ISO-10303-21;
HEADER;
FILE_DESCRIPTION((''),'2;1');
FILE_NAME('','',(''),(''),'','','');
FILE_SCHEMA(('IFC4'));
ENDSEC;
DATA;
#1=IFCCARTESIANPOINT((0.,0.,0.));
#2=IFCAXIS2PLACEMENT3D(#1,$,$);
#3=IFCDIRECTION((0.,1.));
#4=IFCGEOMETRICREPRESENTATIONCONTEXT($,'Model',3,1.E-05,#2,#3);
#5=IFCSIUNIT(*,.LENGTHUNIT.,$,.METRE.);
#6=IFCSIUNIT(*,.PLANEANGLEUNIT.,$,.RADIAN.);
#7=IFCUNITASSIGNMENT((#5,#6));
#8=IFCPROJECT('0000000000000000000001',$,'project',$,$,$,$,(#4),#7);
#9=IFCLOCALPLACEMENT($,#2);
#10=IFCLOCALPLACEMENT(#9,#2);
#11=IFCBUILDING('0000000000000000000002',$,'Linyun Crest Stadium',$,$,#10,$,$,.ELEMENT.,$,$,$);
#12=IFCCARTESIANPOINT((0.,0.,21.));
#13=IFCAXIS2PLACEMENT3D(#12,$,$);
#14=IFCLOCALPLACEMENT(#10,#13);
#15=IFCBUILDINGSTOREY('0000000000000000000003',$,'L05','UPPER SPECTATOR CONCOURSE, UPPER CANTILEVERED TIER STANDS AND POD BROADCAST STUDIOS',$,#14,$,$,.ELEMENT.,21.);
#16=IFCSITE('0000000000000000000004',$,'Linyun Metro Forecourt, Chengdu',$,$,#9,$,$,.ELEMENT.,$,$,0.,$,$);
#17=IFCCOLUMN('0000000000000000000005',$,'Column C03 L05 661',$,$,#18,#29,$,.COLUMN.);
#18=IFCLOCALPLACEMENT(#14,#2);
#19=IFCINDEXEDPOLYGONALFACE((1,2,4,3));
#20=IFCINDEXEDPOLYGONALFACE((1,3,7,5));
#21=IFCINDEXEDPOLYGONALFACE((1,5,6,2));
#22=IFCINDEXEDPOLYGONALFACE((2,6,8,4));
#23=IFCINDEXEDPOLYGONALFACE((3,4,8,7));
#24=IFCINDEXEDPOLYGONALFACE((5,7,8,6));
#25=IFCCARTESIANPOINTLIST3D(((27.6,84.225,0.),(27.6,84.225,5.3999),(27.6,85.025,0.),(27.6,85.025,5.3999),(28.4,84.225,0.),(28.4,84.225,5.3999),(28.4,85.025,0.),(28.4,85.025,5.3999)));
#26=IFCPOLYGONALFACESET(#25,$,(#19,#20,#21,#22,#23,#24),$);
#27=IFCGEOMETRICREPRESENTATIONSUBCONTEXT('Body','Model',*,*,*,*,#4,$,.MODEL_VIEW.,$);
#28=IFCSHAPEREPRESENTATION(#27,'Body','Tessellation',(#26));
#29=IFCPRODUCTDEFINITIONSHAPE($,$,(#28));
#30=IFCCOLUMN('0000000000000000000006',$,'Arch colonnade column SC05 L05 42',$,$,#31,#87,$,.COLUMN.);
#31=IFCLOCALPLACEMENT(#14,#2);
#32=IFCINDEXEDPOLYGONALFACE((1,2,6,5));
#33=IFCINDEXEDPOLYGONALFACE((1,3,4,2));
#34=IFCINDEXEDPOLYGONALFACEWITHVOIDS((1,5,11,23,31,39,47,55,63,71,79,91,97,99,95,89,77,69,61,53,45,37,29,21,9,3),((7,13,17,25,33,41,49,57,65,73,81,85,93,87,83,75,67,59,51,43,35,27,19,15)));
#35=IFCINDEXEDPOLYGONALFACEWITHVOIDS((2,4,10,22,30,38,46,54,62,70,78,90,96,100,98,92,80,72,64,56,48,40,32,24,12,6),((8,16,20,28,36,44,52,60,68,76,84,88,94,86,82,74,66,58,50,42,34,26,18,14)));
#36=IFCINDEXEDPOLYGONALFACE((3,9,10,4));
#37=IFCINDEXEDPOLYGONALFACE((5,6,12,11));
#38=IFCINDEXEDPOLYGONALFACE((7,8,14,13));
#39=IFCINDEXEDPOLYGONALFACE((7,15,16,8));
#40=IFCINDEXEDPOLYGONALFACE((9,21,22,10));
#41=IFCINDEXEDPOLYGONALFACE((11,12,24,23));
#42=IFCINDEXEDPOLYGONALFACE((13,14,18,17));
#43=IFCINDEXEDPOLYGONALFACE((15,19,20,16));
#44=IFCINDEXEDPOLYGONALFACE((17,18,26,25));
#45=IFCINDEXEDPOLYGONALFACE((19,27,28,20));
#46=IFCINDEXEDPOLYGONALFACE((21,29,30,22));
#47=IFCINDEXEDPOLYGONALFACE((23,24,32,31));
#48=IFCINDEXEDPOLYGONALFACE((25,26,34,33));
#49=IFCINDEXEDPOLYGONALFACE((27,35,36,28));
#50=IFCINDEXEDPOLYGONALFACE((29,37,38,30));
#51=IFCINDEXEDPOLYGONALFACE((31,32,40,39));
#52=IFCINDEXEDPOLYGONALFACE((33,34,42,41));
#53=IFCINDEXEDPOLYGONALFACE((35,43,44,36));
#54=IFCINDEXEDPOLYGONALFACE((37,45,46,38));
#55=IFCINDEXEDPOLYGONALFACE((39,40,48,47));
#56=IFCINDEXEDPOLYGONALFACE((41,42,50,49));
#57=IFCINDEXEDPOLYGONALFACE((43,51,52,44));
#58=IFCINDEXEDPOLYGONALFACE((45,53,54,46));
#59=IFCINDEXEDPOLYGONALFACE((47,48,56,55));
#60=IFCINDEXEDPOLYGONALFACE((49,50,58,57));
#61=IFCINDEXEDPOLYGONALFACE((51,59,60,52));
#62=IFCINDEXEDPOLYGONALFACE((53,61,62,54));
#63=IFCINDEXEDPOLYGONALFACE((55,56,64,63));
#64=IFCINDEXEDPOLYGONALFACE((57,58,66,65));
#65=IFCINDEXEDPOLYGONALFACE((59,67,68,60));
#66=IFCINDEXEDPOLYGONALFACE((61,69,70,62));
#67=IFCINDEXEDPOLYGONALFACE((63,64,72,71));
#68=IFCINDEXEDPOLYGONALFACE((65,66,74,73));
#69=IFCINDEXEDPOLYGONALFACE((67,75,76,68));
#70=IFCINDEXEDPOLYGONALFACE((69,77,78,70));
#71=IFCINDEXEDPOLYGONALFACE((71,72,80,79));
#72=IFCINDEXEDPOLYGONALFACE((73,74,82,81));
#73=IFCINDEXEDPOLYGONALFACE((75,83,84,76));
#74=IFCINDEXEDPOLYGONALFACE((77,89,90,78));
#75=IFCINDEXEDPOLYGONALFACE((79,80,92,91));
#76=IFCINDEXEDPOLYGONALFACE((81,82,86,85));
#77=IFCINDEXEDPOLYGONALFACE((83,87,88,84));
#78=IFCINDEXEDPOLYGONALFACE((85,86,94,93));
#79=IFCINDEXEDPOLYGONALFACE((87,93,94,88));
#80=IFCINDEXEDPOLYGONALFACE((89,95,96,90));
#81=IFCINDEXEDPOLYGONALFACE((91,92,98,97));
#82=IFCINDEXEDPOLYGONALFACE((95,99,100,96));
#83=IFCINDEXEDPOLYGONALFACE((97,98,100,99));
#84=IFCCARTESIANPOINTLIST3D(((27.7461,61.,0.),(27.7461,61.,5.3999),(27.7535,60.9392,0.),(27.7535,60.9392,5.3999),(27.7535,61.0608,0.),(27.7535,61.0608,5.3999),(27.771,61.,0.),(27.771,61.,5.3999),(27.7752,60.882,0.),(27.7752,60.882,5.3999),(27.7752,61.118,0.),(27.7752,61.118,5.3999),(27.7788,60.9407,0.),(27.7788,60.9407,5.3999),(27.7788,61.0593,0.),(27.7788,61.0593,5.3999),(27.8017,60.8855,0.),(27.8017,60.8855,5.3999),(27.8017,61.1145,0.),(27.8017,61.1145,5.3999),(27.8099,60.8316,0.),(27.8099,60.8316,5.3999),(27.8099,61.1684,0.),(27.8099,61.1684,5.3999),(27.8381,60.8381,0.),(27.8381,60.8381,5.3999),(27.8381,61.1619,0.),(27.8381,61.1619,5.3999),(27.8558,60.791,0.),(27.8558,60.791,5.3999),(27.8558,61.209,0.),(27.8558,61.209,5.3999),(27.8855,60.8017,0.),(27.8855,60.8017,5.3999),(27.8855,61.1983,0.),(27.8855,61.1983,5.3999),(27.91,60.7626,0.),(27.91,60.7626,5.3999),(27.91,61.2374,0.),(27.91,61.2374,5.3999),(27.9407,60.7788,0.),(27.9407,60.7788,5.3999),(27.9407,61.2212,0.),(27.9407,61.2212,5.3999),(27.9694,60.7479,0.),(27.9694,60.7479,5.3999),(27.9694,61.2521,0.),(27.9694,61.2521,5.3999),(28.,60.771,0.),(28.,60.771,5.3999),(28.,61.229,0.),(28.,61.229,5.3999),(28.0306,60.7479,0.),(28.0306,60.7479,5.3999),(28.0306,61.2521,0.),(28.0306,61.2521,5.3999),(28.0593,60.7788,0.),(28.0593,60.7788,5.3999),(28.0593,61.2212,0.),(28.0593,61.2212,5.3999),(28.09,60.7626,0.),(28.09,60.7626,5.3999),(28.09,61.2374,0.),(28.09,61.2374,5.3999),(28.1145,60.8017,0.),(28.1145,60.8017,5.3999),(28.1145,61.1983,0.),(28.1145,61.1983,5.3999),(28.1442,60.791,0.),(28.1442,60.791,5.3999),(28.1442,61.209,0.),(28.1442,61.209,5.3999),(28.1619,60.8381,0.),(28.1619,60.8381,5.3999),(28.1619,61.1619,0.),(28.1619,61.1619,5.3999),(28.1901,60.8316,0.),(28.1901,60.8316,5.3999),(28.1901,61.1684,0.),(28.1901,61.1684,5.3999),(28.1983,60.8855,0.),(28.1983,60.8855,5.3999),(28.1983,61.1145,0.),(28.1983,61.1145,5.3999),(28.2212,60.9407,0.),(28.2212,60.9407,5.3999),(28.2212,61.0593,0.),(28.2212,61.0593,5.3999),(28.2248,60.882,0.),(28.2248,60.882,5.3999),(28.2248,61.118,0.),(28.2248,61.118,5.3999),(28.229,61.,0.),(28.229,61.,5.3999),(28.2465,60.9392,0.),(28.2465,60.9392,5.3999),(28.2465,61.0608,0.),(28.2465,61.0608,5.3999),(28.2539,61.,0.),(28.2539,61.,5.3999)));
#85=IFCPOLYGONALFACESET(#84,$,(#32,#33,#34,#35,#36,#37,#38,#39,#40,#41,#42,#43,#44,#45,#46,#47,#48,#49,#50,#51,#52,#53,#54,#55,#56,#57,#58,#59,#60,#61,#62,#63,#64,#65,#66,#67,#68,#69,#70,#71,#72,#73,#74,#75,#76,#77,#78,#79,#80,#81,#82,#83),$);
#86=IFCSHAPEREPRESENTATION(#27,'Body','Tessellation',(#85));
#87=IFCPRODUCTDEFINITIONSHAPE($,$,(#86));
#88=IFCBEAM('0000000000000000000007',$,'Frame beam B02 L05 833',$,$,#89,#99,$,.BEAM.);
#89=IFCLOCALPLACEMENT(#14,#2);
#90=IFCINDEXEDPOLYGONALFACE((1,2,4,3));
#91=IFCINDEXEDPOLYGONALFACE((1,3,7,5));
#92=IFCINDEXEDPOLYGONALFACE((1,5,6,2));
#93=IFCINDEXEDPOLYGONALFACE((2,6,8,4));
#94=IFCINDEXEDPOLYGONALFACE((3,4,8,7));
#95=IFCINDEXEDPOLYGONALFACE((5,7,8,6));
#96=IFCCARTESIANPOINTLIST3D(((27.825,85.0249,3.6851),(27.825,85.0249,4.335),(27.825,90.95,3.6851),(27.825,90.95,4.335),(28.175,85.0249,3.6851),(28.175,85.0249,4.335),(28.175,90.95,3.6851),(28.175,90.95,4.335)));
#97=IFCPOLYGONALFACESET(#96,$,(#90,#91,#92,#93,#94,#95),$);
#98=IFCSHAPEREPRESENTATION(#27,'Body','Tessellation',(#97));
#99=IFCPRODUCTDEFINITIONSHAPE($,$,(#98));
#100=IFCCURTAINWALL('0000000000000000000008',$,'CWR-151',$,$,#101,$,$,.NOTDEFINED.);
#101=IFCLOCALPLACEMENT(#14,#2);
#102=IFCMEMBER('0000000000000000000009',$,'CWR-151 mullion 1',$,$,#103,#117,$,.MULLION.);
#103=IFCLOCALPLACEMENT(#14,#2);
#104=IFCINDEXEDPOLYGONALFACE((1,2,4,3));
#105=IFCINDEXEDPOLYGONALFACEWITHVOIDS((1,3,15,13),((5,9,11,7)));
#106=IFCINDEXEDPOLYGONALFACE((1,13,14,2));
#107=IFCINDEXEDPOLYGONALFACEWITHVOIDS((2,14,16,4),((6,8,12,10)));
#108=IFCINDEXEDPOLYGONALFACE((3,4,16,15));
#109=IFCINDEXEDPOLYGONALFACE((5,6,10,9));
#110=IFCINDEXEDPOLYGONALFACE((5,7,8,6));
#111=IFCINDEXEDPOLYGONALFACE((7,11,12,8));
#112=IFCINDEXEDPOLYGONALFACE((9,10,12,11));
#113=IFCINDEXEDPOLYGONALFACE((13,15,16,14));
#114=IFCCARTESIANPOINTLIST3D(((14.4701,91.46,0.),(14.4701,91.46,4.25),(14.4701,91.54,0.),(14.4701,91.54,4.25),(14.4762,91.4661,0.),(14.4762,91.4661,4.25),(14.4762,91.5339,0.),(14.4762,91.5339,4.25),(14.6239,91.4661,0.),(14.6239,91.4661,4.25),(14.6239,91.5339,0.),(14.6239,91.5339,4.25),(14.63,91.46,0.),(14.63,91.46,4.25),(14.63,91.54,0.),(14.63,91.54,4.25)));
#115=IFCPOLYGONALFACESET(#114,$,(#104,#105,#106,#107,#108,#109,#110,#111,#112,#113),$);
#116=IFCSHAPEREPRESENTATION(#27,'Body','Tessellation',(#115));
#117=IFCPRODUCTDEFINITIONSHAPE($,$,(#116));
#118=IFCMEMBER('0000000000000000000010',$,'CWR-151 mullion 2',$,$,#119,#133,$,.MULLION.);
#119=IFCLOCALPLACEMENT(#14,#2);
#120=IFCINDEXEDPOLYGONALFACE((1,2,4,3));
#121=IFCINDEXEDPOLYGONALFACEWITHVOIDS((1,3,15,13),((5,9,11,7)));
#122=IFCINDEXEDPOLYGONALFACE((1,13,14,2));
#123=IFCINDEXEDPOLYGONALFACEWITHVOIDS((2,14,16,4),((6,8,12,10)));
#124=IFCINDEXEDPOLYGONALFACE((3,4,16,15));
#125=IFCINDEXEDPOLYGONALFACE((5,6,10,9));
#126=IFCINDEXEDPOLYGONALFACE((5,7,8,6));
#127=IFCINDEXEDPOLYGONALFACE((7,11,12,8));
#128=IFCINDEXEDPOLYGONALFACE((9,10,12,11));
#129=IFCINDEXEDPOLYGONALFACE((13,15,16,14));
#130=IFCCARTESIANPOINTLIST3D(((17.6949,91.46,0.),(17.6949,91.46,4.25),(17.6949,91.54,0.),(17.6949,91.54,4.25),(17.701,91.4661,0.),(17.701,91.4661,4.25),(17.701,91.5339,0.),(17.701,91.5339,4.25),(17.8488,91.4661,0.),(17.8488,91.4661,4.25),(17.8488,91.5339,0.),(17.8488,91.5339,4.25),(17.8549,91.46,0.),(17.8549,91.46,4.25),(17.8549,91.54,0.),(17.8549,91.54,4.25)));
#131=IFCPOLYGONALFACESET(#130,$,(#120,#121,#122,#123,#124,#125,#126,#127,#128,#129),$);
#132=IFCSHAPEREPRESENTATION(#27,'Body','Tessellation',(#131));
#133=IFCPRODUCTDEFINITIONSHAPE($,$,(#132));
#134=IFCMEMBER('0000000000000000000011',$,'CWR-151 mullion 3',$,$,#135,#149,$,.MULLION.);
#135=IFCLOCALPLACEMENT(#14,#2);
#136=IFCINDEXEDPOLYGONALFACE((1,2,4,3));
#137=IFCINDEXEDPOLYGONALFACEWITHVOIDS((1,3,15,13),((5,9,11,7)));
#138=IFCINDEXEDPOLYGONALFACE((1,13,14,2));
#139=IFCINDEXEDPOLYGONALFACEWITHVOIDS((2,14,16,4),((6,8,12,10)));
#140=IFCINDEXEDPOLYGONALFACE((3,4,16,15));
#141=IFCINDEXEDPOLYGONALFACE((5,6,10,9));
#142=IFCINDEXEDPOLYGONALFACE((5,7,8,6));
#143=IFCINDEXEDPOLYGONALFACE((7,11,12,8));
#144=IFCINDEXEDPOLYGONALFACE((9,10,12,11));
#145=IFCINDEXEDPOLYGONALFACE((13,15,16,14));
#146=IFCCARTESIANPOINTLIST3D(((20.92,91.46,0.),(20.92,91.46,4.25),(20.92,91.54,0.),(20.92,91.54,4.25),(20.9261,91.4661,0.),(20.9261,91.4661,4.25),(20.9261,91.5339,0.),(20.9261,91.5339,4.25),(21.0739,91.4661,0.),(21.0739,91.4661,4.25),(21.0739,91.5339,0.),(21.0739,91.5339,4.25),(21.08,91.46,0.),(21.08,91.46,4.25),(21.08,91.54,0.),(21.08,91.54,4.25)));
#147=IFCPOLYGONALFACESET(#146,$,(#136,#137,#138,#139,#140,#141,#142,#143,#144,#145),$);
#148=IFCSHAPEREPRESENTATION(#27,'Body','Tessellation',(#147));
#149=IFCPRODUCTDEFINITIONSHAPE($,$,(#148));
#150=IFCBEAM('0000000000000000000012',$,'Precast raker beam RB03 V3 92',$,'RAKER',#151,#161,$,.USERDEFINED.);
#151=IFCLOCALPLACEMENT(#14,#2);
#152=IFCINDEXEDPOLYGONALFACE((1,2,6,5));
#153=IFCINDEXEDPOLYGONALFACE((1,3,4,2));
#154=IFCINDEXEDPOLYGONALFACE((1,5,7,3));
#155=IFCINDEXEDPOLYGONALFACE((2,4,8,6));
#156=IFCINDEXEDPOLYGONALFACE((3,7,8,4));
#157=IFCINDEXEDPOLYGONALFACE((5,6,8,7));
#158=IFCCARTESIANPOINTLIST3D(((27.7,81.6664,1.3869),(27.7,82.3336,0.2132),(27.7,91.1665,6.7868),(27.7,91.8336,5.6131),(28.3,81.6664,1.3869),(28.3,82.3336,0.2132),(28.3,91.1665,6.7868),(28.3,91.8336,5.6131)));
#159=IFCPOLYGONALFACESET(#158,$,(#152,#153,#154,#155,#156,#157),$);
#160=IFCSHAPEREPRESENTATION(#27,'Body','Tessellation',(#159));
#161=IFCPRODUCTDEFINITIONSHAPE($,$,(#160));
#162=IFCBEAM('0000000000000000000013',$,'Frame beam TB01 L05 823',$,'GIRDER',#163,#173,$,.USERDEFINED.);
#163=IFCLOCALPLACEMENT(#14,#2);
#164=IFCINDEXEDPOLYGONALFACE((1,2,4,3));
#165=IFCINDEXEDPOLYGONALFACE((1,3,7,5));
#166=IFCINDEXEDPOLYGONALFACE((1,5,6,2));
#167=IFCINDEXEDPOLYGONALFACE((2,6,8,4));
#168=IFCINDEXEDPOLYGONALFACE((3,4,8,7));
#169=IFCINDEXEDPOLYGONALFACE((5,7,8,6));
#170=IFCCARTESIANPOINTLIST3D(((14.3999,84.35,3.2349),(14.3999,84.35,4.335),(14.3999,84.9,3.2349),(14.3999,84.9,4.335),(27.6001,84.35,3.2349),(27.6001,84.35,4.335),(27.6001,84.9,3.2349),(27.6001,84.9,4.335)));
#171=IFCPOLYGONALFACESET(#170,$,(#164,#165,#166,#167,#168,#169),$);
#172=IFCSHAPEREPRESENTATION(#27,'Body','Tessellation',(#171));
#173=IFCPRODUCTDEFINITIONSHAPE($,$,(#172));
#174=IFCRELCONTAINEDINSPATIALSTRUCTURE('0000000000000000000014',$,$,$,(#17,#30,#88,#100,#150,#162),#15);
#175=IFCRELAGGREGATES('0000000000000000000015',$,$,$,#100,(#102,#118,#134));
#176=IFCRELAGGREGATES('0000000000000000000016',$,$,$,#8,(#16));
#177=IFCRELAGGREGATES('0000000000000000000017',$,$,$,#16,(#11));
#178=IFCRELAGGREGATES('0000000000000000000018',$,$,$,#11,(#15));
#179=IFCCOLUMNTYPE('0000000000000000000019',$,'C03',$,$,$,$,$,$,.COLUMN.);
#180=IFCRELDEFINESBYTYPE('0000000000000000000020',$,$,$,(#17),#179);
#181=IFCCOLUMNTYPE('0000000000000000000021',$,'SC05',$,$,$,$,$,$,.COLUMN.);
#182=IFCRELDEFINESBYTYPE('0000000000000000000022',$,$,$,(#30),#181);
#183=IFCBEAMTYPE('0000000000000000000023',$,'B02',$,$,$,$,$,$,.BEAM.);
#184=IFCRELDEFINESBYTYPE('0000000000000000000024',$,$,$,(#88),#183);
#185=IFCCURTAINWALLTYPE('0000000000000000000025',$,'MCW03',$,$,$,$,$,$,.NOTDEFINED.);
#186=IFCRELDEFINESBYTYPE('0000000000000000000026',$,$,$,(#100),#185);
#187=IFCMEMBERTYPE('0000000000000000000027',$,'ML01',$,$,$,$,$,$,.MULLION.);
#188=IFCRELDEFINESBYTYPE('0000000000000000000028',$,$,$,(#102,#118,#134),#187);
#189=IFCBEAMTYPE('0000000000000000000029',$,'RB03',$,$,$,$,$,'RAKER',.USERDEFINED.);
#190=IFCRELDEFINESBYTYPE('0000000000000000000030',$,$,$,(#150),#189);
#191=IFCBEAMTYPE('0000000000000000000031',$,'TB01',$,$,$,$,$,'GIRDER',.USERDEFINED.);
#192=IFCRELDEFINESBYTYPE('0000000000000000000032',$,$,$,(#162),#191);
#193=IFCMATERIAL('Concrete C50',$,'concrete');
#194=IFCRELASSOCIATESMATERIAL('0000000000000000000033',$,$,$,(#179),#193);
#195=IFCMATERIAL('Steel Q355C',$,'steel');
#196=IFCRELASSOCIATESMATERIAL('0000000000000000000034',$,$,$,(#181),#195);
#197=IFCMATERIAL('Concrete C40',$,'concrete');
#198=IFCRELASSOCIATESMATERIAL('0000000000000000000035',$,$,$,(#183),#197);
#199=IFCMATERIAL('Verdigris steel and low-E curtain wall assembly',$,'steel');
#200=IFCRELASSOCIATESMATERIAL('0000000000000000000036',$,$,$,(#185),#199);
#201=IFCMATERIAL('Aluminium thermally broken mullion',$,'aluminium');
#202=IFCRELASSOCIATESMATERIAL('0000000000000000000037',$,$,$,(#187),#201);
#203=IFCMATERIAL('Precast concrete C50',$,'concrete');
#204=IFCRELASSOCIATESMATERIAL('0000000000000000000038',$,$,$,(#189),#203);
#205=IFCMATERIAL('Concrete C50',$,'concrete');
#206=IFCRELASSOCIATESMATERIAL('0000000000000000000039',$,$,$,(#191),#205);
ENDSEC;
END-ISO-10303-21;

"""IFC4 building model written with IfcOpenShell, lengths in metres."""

from ifc_helpers import new_model, si_unit, direction, frame, origin, origin_2d, place, context, subcontext, project, spatial, rectangle, hollow_rectangle, hollow_circle, extrude, material, material_profile, profile_set, type_object, element, aggregate, save


model = new_model("IFC4")

# Units and contexts
model_context = context("Model", 3, precision=1e-05, world=origin(), true_north=direction((0.0, 1.0)))
body_context = subcontext(model_context, "Body", "Model", "MODEL_VIEW")
ifc_project = project(units=[si_unit("LENGTHUNIT", "METRE"), si_unit("PLANEANGLEUNIT", "RADIAN")], contexts=[model_context])

# Site, building, storey
site_placement = place(None, origin())
site = spatial("IfcSite", under=ifc_project, at=site_placement, Name="Linyun Metro Forecourt, Chengdu", CompositionType="ELEMENT", RefElevation=0.0)
building_placement = place(site_placement, origin())
building = spatial("IfcBuilding", under=site, at=building_placement, Name="Linyun Crest Stadium", CompositionType="ELEMENT")
storey_placement = place(building_placement, frame((0.0, 0.0, 21.0)))
storey = spatial("IfcBuildingStorey", under=building, at=storey_placement, Name="L05", Description="UPPER SPECTATOR CONCOURSE, UPPER CANTILEVERED TIER STANDS AND POD BROADCAST STUDIOS", CompositionType="ELEMENT", Elevation=21.0)

# Columns
ifc_material_1 = material(Name="Concrete C50", Category="concrete")
ifc_material_profile_1 = material_profile(ifc_material_1, rectangle(XDim=0.8, YDim=0.8, at=origin_2d()), Name="RC 800x800")
ifc_profile_set_1 = profile_set([ifc_material_profile_1], Name="Concrete C50")
column_type_1 = type_object("IfcColumnType", Name="C03", PredefinedType="COLUMN", material=ifc_profile_set_1)
column_1_placement = place(storey_placement, frame((28.0, 84.625, 0.0), z_axis=(0.0, 0.0, 1.0), x_axis=(1.0, 0.0, 0.0)))
element("IfcColumn", 1, at=column_1_placement, inside=storey, type_object=column_type_1, Name="Column C03 L05 661", PredefinedType="COLUMN", context=body_context, shape_type="SweptSolid", body=[
    extrude(rectangle(XDim=0.8, YDim=0.8, at=origin_2d()), origin(), (0.0, 0.0, 1.0), 5.3999),
])
ifc_material_2 = material(Name="Steel Q355C", Category="steel")
ifc_material_profile_2 = material_profile(ifc_material_2, hollow_circle(Radius=0.2539, WallThickness=0.0249, at=origin_2d()), Name="CHS 508x25")
ifc_profile_set_2 = profile_set([ifc_material_profile_2], Name="Steel Q355C")
column_type_2 = type_object("IfcColumnType", Name="SC05", PredefinedType="COLUMN", material=ifc_profile_set_2)
column_2_placement = place(storey_placement, frame((28.0, 61.0, 0.0), z_axis=(0.0, 0.0, 1.0), x_axis=(1.0, 0.0, 0.0)))
element("IfcColumn", 2, at=column_2_placement, inside=storey, type_object=column_type_2, Name="Arch colonnade column SC05 L05 42", PredefinedType="COLUMN", context=body_context, shape_type="SweptSolid", body=[
    extrude(hollow_circle(Radius=0.2539, WallThickness=0.0249, at=origin_2d()), origin(), (0.0, 0.0, 1.0), 5.3999),
])

# Beam
ifc_material_3 = material(Name="Concrete C40", Category="concrete")
ifc_material_profile_3 = material_profile(ifc_material_3, rectangle(XDim=0.3501, YDim=0.6499, at=origin_2d()), Name="RCB 650x350")
ifc_profile_set_3 = profile_set([ifc_material_profile_3], Name="Concrete C40")
beam_type_1 = type_object("IfcBeamType", Name="B02", PredefinedType="BEAM", material=ifc_profile_set_3)
beam_1_placement = place(storey_placement, frame((28.0, 85.0249, 4.01), z_axis=(0.0, 1.0, 0.0), x_axis=(-1.0, 0.0, 0.0)))
element("IfcBeam", 3, at=beam_1_placement, inside=storey, type_object=beam_type_1, Name="Frame beam B02 L05 833", PredefinedType="BEAM", context=body_context, shape_type="SweptSolid", body=[
    extrude(rectangle(XDim=0.3501, YDim=0.6499, at=origin_2d()), origin(), (0.0, 0.0, 1.0), 5.925),
])

# Curtain wall, members
ifc_material_4 = material(Name="Verdigris steel and low-E curtain wall assembly", Category="steel")
curtain_wall_type_1 = type_object("IfcCurtainWallType", Name="MCW03", PredefinedType="NOTDEFINED", material=ifc_material_4)
curtain_wall_1_placement = place(storey_placement, origin())
curtain_wall_1 = element("IfcCurtainWall", 4, at=curtain_wall_1_placement, inside=storey, type_object=curtain_wall_type_1, Name="CWR-151", PredefinedType="NOTDEFINED")
ifc_material_5 = material(Name="Aluminium thermally broken mullion", Category="aluminium")
ifc_material_profile_4 = material_profile(ifc_material_5, hollow_rectangle(XDim=0.0801, YDim=0.1599, WallThickness=0.0061, at=origin_2d()), Name="RHS 160x80x6")
ifc_profile_set_4 = profile_set([ifc_material_profile_4], Name="Aluminium thermally broken mullion")
member_type_1 = type_object("IfcMemberType", Name="ML01", PredefinedType="MULLION", material=ifc_profile_set_4)
member_1_placement = place(storey_placement, frame((14.55, 91.5, 0.0), z_axis=(0.0, 0.0, 1.0), x_axis=(0.0, 1.0, 0.0)))
member_1 = element("IfcMember", 5, at=member_1_placement, type_object=member_type_1, Name="CWR-151 mullion 1", PredefinedType="MULLION", context=body_context, shape_type="SweptSolid", body=[
    extrude(hollow_rectangle(XDim=0.0801, YDim=0.1599, WallThickness=0.0061, at=origin_2d()), origin(), (0.0, 0.0, 1.0), 4.25),
])
member_2_placement = place(storey_placement, frame((17.7749, 91.5, 0.0), z_axis=(0.0, 0.0, 1.0), x_axis=(0.0, 1.0, 0.0)))
member_2 = element("IfcMember", 6, at=member_2_placement, type_object=member_type_1, Name="CWR-151 mullion 2", PredefinedType="MULLION", context=body_context, shape_type="SweptSolid", body=[
    extrude(hollow_rectangle(XDim=0.0801, YDim=0.1599, WallThickness=0.0061, at=origin_2d()), origin(), (0.0, 0.0, 1.0), 4.25),
])
member_3_placement = place(storey_placement, frame((21.0, 91.5, 0.0), z_axis=(0.0, 0.0, 1.0), x_axis=(0.0, 1.0, 0.0)))
member_3 = element("IfcMember", 7, at=member_3_placement, type_object=member_type_1, Name="CWR-151 mullion 3", PredefinedType="MULLION", context=body_context, shape_type="SweptSolid", body=[
    extrude(hollow_rectangle(XDim=0.0801, YDim=0.1599, WallThickness=0.0061, at=origin_2d()), origin(), (0.0, 0.0, 1.0), 4.25),
])

# Beams
ifc_material_6 = material(Name="Precast concrete C50", Category="concrete")
ifc_material_profile_5 = material_profile(ifc_material_6, rectangle(XDim=0.6001, YDim=1.3501, at=origin_2d()), Name="PCR 1350x600")
ifc_profile_set_5 = profile_set([ifc_material_profile_5], Name="Precast concrete C50")
beam_type_2 = type_object("IfcBeamType", Name="RB03", ElementType="RAKER", PredefinedType="USERDEFINED", material=ifc_profile_set_5)
beam_2_placement = place(storey_placement, frame((28.0, 82.0, 0.8), z_axis=(0.0, 0.869371, 0.49416), x_axis=(-1.0, 0.0, 0.0)))
element("IfcBeam", 8, at=beam_2_placement, inside=storey, type_object=beam_type_2, Name="Precast raker beam RB03 V3 92", ObjectType="RAKER", PredefinedType="USERDEFINED", context=body_context, shape_type="SweptSolid", body=[
    extrude(rectangle(XDim=0.6001, YDim=1.3501, at=origin_2d()), origin(), (0.0, 0.0, 1.0), 10.9275),
])
ifc_material_7 = material(Name="Concrete C50", Category="concrete")
ifc_material_profile_6 = material_profile(ifc_material_7, rectangle(XDim=0.55, YDim=1.1001, at=origin_2d()), Name="RCB 1100x550")
ifc_profile_set_6 = profile_set([ifc_material_profile_6], Name="Concrete C50")
beam_type_3 = type_object("IfcBeamType", Name="TB01", ElementType="GIRDER", PredefinedType="USERDEFINED", material=ifc_profile_set_6)
beam_3_placement = place(storey_placement, frame((14.3999, 84.625, 3.7849), z_axis=(1.0, 0.0, 0.0), x_axis=(0.0, 1.0, 0.0)))
element("IfcBeam", 9, at=beam_3_placement, inside=storey, type_object=beam_type_3, Name="Frame beam TB01 L05 823", ObjectType="GIRDER", PredefinedType="USERDEFINED", context=body_context, shape_type="SweptSolid", body=[
    extrude(rectangle(XDim=0.55, YDim=1.1001, at=origin_2d()), origin(), (0.0, 0.0, 1.0), 13.2002),
])

aggregate(curtain_wall_1, [member_1, member_2, member_3])

save(model, "model.ifc")
